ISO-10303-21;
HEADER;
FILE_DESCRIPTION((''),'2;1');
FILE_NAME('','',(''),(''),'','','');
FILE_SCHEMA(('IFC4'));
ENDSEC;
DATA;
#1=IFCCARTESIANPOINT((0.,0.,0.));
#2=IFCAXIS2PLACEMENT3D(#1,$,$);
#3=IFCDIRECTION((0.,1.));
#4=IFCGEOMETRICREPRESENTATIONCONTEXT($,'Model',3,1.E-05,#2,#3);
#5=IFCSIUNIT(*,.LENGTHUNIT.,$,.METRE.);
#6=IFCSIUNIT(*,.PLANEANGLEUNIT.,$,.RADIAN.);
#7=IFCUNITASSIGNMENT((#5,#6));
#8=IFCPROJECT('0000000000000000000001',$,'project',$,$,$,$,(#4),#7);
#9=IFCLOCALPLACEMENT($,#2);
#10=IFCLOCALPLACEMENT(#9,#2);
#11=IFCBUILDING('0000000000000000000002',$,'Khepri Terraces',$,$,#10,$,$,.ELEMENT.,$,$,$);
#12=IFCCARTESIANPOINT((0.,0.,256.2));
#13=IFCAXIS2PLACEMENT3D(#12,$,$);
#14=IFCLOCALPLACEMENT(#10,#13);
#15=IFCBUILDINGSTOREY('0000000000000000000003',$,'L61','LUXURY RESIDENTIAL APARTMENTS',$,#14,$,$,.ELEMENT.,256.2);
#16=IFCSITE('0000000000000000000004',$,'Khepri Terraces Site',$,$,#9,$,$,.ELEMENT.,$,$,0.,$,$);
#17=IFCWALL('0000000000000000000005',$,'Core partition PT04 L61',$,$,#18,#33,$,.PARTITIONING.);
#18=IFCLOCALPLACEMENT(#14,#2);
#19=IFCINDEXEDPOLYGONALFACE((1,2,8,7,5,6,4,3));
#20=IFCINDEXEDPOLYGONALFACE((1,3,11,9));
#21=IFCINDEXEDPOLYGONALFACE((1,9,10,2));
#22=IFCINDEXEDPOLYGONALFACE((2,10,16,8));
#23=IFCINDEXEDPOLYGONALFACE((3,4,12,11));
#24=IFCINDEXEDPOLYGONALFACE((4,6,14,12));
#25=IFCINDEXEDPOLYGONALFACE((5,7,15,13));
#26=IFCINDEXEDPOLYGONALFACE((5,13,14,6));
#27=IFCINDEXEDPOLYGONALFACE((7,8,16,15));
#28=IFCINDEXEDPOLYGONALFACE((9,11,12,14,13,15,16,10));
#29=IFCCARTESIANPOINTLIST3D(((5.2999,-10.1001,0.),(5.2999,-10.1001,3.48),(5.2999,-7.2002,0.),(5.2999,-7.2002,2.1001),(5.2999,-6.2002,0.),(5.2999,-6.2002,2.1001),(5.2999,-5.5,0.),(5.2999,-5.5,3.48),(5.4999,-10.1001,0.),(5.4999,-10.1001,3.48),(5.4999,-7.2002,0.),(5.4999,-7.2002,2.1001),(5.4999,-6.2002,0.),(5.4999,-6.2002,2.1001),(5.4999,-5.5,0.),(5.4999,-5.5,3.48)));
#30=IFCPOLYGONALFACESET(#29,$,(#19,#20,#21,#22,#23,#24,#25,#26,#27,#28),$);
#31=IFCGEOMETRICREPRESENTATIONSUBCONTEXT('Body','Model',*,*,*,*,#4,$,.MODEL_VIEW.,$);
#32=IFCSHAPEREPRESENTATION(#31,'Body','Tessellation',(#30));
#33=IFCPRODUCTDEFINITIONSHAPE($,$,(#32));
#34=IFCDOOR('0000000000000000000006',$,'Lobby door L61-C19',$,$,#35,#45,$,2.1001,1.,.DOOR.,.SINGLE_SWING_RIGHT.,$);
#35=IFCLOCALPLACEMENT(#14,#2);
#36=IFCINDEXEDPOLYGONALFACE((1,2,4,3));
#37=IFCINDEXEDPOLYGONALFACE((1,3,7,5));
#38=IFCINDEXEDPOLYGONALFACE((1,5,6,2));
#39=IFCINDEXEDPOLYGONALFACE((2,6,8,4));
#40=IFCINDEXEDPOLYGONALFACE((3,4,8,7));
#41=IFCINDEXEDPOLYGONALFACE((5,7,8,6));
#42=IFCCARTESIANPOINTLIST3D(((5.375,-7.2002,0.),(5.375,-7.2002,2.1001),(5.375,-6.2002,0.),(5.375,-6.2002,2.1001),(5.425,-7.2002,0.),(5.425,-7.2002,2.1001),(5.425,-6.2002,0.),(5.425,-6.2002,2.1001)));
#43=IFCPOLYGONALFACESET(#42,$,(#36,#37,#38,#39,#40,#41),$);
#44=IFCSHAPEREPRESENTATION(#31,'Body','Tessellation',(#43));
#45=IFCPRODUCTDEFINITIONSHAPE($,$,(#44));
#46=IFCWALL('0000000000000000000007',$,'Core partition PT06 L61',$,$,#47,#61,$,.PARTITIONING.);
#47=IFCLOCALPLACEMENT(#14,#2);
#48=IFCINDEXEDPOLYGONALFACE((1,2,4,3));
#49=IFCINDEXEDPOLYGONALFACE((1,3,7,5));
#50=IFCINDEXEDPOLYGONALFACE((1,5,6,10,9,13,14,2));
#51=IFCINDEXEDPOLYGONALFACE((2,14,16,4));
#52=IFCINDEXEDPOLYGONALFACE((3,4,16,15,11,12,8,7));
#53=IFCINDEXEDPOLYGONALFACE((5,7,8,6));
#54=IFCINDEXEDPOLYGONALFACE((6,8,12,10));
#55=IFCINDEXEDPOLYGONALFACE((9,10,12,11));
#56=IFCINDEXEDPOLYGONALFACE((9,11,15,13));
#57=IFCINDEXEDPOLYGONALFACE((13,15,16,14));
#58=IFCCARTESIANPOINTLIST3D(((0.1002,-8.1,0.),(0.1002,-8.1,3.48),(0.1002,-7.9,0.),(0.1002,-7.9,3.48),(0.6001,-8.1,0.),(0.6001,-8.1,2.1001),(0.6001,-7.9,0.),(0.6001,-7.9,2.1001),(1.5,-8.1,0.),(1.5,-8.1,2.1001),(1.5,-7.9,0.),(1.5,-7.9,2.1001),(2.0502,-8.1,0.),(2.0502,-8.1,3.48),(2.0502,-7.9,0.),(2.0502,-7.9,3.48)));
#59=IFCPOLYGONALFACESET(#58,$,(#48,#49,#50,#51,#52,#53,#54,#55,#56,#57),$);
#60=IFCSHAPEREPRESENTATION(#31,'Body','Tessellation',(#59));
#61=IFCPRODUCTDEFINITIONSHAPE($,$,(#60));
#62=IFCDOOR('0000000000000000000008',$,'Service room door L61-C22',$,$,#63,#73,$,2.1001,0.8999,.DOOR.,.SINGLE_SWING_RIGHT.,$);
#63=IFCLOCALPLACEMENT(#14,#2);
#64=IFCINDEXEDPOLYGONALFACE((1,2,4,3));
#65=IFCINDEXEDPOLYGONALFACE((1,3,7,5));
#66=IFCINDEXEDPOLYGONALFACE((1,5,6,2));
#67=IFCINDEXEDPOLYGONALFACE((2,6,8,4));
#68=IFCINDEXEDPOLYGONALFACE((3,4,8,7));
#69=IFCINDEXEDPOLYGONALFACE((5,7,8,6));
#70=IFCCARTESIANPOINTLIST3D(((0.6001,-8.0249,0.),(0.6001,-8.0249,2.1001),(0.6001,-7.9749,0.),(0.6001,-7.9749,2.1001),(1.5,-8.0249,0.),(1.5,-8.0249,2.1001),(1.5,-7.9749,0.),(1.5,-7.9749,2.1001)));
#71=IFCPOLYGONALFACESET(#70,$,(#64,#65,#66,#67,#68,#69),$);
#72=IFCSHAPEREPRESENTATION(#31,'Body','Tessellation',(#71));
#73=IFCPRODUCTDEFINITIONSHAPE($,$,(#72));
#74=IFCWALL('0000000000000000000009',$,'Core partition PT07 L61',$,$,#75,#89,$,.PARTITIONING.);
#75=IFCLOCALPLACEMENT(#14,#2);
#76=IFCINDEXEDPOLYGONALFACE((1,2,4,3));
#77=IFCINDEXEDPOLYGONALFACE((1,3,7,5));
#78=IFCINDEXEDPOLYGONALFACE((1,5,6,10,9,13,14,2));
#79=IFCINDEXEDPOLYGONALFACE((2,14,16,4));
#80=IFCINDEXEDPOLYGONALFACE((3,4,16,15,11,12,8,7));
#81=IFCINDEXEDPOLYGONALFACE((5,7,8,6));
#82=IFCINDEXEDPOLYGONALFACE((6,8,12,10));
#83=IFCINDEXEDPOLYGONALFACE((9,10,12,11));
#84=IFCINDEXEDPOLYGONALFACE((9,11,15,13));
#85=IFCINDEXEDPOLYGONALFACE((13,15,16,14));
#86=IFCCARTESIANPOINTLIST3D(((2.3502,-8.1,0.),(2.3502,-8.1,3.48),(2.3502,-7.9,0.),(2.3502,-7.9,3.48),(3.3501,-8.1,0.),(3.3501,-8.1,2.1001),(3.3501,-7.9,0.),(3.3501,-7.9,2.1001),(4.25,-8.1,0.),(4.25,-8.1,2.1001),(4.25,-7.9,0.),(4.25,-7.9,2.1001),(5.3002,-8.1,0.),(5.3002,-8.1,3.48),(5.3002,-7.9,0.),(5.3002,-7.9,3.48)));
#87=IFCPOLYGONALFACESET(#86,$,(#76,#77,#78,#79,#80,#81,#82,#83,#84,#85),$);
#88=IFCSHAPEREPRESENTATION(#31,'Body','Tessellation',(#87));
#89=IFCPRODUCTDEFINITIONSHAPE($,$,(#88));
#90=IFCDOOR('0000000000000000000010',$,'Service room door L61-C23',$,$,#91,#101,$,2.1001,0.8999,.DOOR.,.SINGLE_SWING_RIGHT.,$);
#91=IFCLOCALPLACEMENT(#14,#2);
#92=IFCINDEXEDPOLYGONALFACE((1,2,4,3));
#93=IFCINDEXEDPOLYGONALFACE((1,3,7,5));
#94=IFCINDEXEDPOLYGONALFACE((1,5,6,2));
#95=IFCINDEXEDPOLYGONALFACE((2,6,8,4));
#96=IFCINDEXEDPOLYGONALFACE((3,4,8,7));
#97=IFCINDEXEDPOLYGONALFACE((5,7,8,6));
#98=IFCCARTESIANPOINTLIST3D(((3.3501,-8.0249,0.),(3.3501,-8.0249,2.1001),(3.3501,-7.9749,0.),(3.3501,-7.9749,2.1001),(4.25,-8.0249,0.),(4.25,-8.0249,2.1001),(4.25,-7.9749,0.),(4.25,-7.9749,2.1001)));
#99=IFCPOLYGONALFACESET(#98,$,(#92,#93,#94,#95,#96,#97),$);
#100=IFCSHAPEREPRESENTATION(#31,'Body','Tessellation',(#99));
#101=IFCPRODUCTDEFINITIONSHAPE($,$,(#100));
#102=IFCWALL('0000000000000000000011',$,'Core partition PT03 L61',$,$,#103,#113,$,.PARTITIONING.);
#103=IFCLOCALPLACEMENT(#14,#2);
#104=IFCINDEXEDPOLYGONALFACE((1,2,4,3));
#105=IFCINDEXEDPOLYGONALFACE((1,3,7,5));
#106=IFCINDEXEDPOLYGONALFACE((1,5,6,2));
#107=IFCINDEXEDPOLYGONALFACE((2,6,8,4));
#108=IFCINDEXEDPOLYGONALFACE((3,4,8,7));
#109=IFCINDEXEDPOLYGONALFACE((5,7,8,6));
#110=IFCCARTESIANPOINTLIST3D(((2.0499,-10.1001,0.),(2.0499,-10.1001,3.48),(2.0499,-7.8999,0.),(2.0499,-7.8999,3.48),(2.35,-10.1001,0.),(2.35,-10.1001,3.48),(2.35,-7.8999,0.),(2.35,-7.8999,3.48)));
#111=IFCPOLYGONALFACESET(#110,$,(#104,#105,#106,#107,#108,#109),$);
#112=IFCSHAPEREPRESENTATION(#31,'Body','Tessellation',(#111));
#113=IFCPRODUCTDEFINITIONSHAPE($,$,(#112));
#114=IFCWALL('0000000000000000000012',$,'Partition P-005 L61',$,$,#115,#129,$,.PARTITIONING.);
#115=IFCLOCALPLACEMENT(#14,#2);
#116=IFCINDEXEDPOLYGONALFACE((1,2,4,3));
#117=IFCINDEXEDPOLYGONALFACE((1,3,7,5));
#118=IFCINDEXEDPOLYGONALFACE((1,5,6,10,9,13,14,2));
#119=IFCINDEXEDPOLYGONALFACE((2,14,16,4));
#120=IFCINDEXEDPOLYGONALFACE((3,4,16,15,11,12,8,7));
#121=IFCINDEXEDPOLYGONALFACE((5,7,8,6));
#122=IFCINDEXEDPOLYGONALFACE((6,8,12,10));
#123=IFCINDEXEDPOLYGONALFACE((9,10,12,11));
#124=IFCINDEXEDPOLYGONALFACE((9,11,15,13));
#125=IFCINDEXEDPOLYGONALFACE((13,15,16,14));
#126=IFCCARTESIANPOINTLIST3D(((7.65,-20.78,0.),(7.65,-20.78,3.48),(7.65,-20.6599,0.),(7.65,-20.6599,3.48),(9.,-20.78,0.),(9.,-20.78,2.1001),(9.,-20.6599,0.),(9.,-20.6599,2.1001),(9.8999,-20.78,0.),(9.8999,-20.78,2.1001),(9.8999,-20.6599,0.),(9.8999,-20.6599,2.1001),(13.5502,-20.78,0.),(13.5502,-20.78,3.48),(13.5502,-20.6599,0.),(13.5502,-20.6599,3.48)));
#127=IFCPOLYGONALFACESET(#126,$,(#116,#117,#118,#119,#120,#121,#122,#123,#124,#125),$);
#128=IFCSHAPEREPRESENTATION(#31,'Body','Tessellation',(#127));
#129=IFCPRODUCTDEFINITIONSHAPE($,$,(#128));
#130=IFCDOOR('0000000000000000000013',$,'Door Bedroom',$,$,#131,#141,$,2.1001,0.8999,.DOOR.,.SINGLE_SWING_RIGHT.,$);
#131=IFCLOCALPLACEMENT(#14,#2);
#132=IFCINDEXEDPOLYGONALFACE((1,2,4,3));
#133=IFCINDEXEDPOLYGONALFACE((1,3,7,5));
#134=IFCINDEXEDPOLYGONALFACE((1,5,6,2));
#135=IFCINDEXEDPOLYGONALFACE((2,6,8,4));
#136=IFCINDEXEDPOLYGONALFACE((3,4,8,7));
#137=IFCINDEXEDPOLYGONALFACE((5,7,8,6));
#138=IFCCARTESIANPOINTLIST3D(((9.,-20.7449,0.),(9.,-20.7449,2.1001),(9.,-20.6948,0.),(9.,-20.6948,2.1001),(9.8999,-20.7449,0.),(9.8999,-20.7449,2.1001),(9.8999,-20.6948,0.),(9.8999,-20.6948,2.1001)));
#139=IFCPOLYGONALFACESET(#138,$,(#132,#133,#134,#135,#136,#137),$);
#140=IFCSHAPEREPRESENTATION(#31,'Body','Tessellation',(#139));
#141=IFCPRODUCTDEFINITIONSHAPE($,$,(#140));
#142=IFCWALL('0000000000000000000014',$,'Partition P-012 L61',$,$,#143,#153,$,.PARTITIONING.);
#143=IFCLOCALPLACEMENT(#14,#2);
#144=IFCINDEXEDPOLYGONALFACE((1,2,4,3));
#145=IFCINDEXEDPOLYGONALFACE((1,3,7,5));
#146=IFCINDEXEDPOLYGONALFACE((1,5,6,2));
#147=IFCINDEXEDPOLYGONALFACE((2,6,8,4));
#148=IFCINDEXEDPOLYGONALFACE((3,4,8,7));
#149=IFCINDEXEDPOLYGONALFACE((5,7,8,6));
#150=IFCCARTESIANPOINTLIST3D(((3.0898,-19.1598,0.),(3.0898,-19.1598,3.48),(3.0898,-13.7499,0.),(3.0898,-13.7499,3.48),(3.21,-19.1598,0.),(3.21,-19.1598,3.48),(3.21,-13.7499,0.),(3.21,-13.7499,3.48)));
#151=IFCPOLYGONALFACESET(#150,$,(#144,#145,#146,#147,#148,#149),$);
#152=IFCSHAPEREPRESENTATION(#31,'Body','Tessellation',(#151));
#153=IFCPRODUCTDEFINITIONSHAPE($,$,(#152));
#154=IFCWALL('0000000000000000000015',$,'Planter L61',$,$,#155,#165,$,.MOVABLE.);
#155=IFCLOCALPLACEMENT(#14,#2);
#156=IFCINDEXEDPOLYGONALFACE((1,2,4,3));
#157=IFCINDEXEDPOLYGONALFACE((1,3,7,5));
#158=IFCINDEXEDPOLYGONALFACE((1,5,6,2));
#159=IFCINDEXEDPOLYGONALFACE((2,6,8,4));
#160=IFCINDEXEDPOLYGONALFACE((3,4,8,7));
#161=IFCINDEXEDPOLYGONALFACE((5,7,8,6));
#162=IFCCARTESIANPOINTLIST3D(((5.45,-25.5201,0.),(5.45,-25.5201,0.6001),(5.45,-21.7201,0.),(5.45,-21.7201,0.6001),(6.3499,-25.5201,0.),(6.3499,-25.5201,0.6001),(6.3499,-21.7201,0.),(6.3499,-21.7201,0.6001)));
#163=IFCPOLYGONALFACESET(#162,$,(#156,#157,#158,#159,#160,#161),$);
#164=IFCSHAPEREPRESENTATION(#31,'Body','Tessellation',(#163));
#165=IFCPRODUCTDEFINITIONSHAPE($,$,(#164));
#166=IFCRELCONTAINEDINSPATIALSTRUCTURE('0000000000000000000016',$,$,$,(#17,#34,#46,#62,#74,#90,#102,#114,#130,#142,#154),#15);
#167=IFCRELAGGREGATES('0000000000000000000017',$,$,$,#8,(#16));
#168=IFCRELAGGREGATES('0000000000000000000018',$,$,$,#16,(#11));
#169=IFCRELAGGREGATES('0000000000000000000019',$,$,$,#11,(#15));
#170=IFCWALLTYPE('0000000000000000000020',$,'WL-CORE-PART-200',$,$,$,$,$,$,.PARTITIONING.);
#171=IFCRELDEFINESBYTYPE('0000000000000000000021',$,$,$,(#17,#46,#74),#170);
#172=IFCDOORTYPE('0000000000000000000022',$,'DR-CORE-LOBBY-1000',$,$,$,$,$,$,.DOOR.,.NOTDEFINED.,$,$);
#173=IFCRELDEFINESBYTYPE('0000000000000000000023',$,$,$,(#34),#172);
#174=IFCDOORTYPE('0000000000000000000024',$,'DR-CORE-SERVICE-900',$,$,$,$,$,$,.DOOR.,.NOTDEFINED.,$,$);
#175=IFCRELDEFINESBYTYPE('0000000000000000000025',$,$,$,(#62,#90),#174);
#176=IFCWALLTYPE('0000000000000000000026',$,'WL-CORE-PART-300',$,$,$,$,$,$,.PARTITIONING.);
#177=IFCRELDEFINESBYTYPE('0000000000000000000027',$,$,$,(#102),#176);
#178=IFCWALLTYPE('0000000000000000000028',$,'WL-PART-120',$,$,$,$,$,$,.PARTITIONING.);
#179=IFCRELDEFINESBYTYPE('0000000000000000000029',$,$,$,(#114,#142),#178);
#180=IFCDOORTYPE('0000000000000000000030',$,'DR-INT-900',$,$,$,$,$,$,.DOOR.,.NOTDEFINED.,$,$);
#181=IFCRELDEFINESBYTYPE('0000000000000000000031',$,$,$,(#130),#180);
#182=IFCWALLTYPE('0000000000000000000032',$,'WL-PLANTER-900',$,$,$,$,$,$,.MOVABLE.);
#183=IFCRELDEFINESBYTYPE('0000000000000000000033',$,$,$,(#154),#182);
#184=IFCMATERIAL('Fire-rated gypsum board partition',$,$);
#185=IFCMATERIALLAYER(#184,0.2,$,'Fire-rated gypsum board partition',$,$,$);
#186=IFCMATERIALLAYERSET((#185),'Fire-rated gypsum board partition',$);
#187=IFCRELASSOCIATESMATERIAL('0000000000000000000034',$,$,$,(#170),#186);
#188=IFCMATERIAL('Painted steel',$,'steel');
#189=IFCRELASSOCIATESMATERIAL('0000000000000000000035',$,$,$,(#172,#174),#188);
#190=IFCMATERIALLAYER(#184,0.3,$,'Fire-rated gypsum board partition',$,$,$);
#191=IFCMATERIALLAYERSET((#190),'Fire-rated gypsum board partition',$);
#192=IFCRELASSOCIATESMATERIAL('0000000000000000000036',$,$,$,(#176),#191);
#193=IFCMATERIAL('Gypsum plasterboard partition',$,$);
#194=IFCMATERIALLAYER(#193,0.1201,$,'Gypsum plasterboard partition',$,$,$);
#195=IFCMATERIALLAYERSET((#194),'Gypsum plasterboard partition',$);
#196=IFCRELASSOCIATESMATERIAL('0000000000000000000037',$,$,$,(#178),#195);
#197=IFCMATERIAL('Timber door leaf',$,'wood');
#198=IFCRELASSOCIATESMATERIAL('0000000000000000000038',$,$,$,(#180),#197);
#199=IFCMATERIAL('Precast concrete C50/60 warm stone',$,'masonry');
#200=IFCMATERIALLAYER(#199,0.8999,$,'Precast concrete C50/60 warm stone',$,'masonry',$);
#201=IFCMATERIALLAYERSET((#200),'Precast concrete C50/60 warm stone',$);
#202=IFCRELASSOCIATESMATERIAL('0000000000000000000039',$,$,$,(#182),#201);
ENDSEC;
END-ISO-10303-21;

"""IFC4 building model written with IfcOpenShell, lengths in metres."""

from ifc_helpers import new_model, si_unit, direction, frame, frame_2d, origin, place, context, subcontext, project, spatial, rectangle, extrude, material, layer, layer_set, type_object, element, fill, save


model = new_model("IFC4")

# Units and contexts
model_context = context("Model", 3, precision=1e-05, world=origin(), true_north=direction((0.0, 1.0)))
body_context = subcontext(model_context, "Body", "Model", "MODEL_VIEW")
ifc_project = project(units=[si_unit("LENGTHUNIT", "METRE"), si_unit("PLANEANGLEUNIT", "RADIAN")], contexts=[model_context])

# Site, building, storey
site_placement = place(None, origin())
site = spatial("IfcSite", under=ifc_project, at=site_placement, Name="Khepri Terraces Site", CompositionType="ELEMENT", RefElevation=0.0)
building_placement = place(site_placement, origin())
building = spatial("IfcBuilding", under=site, at=building_placement, Name="Khepri Terraces", CompositionType="ELEMENT")
storey_placement = place(building_placement, frame((0.0, 0.0, 256.2)))
storey = spatial("IfcBuildingStorey", under=building, at=storey_placement, Name="L61", Description="LUXURY RESIDENTIAL APARTMENTS", CompositionType="ELEMENT", Elevation=256.2)

# Shared definitions
ifc_material_1 = material(Name="Fire-rated gypsum board partition")
ifc_layer_1 = layer(ifc_material_1, 0.2, Name="Fire-rated gypsum board partition")
ifc_layer_set_1 = layer_set([ifc_layer_1], Name="Fire-rated gypsum board partition")
wall_type_1 = type_object("IfcWallType", Name="WL-CORE-PART-200", PredefinedType="PARTITIONING", material=ifc_layer_set_1)

# Walls, openings, doors
wall_1_placement = place(storey_placement, frame((5.3999, -10.1001, 0.0), z_axis=(0.0, 0.0, 1.0), x_axis=(0.0, 1.0, 0.0)))
wall_1 = element("IfcWall", 1, at=wall_1_placement, inside=storey, type_object=wall_type_1, Name="Core partition PT04 L61", PredefinedType="PARTITIONING", context=body_context, shape_type="SweptSolid", body=[
    extrude(rectangle(XDim=4.6001, YDim=0.2, at=frame_2d((2.3, 0.0))), origin(), (0.0, 0.0, 1.0), 3.48),
])
opening_1_placement = place(wall_1_placement, frame((2.8999, 0.0, 0.0)))
opening_1 = element("IfcOpeningElement", 2, at=opening_1_placement, cuts=wall_1, PredefinedType="OPENING", context=body_context, shape_type="SweptSolid", body=[
    extrude(rectangle(XDim=1.0, YDim=2.1001, at=frame_2d((0.5, 1.05))), frame((0.0, 0.1099, 0.0), z_axis=(0.0, -1.0, 0.0), x_axis=(1.0, 0.0, 0.0)), (0.0, 0.0, 1.0), 0.22),
])
ifc_material_2 = material(Name="Painted steel", Category="steel")
door_type_1 = type_object("IfcDoorType", Name="DR-CORE-LOBBY-1000", OperationType="NOTDEFINED", PredefinedType="DOOR", material=ifc_material_2)
door_1_placement = place(opening_1_placement, origin())
door_1 = element("IfcDoor", 3, at=door_1_placement, inside=storey, type_object=door_type_1, Name="Lobby door L61-C19", OperationType="SINGLE_SWING_RIGHT", OverallHeight=2.1001, OverallWidth=1.0, PredefinedType="DOOR", context=body_context, shape_type="SweptSolid", body=[
    extrude(rectangle(XDim=1.0, YDim=2.1001, at=frame_2d((0.5, 1.05))), frame((0.0, 0.0249, 0.0), z_axis=(0.0, -1.0, 0.0), x_axis=(1.0, 0.0, 0.0)), (0.0, 0.0, 1.0), 0.05),
])
fill(opening_1, door_1)
wall_2_placement = place(storey_placement, frame((0.1001, -8.0, 0.0), z_axis=(0.0, 0.0, 1.0), x_axis=(1.0, 0.0, 0.0)))
wall_2 = element("IfcWall", 4, at=wall_2_placement, inside=storey, type_object=wall_type_1, Name="Core partition PT06 L61", PredefinedType="PARTITIONING", context=body_context, shape_type="SweptSolid", body=[
    extrude(rectangle(XDim=1.95, YDim=0.2, at=frame_2d((0.9751, 0.0))), origin(), (0.0, 0.0, 1.0), 3.48),
])
opening_2_placement = place(wall_2_placement, frame((0.5, 0.0, 0.0)))
opening_2 = element("IfcOpeningElement", 5, at=opening_2_placement, cuts=wall_2, PredefinedType="OPENING", context=body_context, shape_type="SweptSolid", body=[
    extrude(rectangle(XDim=0.8999, YDim=2.1001, at=frame_2d((0.45, 1.05))), frame((0.0, 0.1099, 0.0), z_axis=(0.0, -1.0, 0.0), x_axis=(1.0, 0.0, 0.0)), (0.0, 0.0, 1.0), 0.22),
])
door_type_2 = type_object("IfcDoorType", Name="DR-CORE-SERVICE-900", OperationType="NOTDEFINED", PredefinedType="DOOR", material=ifc_material_2)
door_2_placement = place(opening_2_placement, frame((0.8999, 0.0, 0.0), z_axis=(0.0, 0.0, 1.0), x_axis=(-1.0, 0.0, 0.0)))
door_2 = element("IfcDoor", 6, at=door_2_placement, inside=storey, type_object=door_type_2, Name="Service room door L61-C22", OperationType="SINGLE_SWING_RIGHT", OverallHeight=2.1001, OverallWidth=0.8999, PredefinedType="DOOR", context=body_context, shape_type="SweptSolid", body=[
    extrude(rectangle(XDim=0.8999, YDim=2.1001, at=frame_2d((0.45, 1.05))), frame((0.0, 0.0249, 0.0), z_axis=(0.0, -1.0, 0.0), x_axis=(1.0, 0.0, 0.0)), (0.0, 0.0, 1.0), 0.05),
])
fill(opening_2, door_2)
wall_3_placement = place(storey_placement, frame((2.3501, -8.0, 0.0), z_axis=(0.0, 0.0, 1.0), x_axis=(1.0, 0.0, 0.0)))
wall_3 = element("IfcWall", 7, at=wall_3_placement, inside=storey, type_object=wall_type_1, Name="Core partition PT07 L61", PredefinedType="PARTITIONING", context=body_context, shape_type="SweptSolid", body=[
    extrude(rectangle(XDim=2.95, YDim=0.2, at=frame_2d((1.4751, 0.0))), origin(), (0.0, 0.0, 1.0), 3.48),
])
opening_3_placement = place(wall_3_placement, frame((1.0, 0.0, 0.0)))
opening_3 = element("IfcOpeningElement", 8, at=opening_3_placement, cuts=wall_3, PredefinedType="OPENING", context=body_context, shape_type="SweptSolid", body=[
    extrude(rectangle(XDim=0.8999, YDim=2.1001, at=frame_2d((0.45, 1.05))), frame((0.0, 0.1099, 0.0), z_axis=(0.0, -1.0, 0.0), x_axis=(1.0, 0.0, 0.0)), (0.0, 0.0, 1.0), 0.22),
])
door_3_placement = place(opening_3_placement, frame((0.8999, 0.0, 0.0), z_axis=(0.0, 0.0, 1.0), x_axis=(-1.0, 0.0, 0.0)))
door_3 = element("IfcDoor", 9, at=door_3_placement, inside=storey, type_object=door_type_2, Name="Service room door L61-C23", OperationType="SINGLE_SWING_RIGHT", OverallHeight=2.1001, OverallWidth=0.8999, PredefinedType="DOOR", context=body_context, shape_type="SweptSolid", body=[
    extrude(rectangle(XDim=0.8999, YDim=2.1001, at=frame_2d((0.45, 1.05))), frame((0.0, 0.0249, 0.0), z_axis=(0.0, -1.0, 0.0), x_axis=(1.0, 0.0, 0.0)), (0.0, 0.0, 1.0), 0.05),
])
fill(opening_3, door_3)

# Wall
ifc_layer_2 = layer(ifc_material_1, 0.3, Name="Fire-rated gypsum board partition")
ifc_layer_set_2 = layer_set([ifc_layer_2], Name="Fire-rated gypsum board partition")
wall_type_2 = type_object("IfcWallType", Name="WL-CORE-PART-300", PredefinedType="PARTITIONING", material=ifc_layer_set_2)
wall_4_placement = place(storey_placement, frame((2.2, -10.1001, 0.0), z_axis=(0.0, 0.0, 1.0), x_axis=(0.0, 1.0, 0.0)))
element("IfcWall", 10, at=wall_4_placement, inside=storey, type_object=wall_type_2, Name="Core partition PT03 L61", PredefinedType="PARTITIONING", context=body_context, shape_type="SweptSolid", body=[
    extrude(rectangle(XDim=2.2002, YDim=0.3, at=frame_2d((1.1001, 0.0))), origin(), (0.0, 0.0, 1.0), 3.48),
])

# Wall, opening, door
ifc_material_3 = material(Name="Precast concrete C50/60 warm stone", Category="masonry")
ifc_material_4 = material(Name="Gypsum plasterboard partition")
ifc_layer_3 = layer(ifc_material_4, 0.1201, Name="Gypsum plasterboard partition")
ifc_layer_set_3 = layer_set([ifc_layer_3], Name="Gypsum plasterboard partition")
wall_type_3 = type_object("IfcWallType", Name="WL-PART-120", PredefinedType="PARTITIONING", material=ifc_layer_set_3)
wall_5_placement = place(storey_placement, frame((7.6499, -20.72, 0.0), z_axis=(0.0, 0.0, 1.0), x_axis=(1.0, 0.0, 0.0)))
wall_5 = element("IfcWall", 11, at=wall_5_placement, inside=storey, type_object=wall_type_3, Name="Partition P-005 L61", PredefinedType="PARTITIONING", context=body_context, shape_type="SweptSolid", body=[
    extrude(rectangle(XDim=5.9001, YDim=0.1201, at=frame_2d((2.9502, 0.0))), origin(), (0.0, 0.0, 1.0), 3.48),
])
opening_4_placement = place(wall_5_placement, frame((1.3501, 0.0, 0.0)))
opening_4 = element("IfcOpeningElement", 12, at=opening_4_placement, cuts=wall_5, PredefinedType="OPENING", context=body_context, shape_type="SweptSolid", body=[
    extrude(rectangle(XDim=0.8999, YDim=2.1001, at=frame_2d((0.45, 1.05))), frame((0.0, 0.0701, 0.0), z_axis=(0.0, -1.0, 0.0), x_axis=(1.0, 0.0, 0.0)), (0.0, 0.0, 1.0), 0.1401),
])
ifc_material_5 = material(Name="Timber door leaf", Category="wood")
door_type_3 = type_object("IfcDoorType", Name="DR-INT-900", OperationType="NOTDEFINED", PredefinedType="DOOR", material=ifc_material_5)
door_4_placement = place(opening_4_placement, frame((0.8999, 0.0, 0.0), z_axis=(0.0, 0.0, 1.0), x_axis=(-1.0, 0.0, 0.0)))
door_4 = element("IfcDoor", 13, at=door_4_placement, inside=storey, type_object=door_type_3, Name="Door Bedroom", OperationType="SINGLE_SWING_RIGHT", OverallHeight=2.1001, OverallWidth=0.8999, PredefinedType="DOOR", context=body_context, shape_type="SweptSolid", body=[
    extrude(rectangle(XDim=0.8999, YDim=2.1001, at=frame_2d((0.45, 1.05))), frame((0.0, 0.0249, 0.0), z_axis=(0.0, -1.0, 0.0), x_axis=(1.0, 0.0, 0.0)), (0.0, 0.0, 1.0), 0.05),
])
fill(opening_4, door_4)

# Walls
wall_6_placement = place(storey_placement, frame((3.1499, -19.1599, 0.0), z_axis=(0.0, 0.0, 1.0), x_axis=(0.0, 1.0, 0.0)))
element("IfcWall", 14, at=wall_6_placement, inside=storey, type_object=wall_type_3, Name="Partition P-012 L61", PredefinedType="PARTITIONING", context=body_context, shape_type="SweptSolid", body=[
    extrude(rectangle(XDim=5.4099, YDim=0.1201, at=frame_2d((2.7051, 0.0))), origin(), (0.0, 0.0, 1.0), 3.48),
])
ifc_layer_4 = layer(ifc_material_3, 0.8999, Name="Precast concrete C50/60 warm stone", Category="masonry")
ifc_layer_set_4 = layer_set([ifc_layer_4], Name="Precast concrete C50/60 warm stone")
wall_type_4 = type_object("IfcWallType", Name="WL-PLANTER-900", PredefinedType="MOVABLE", material=ifc_layer_set_4)
wall_7_placement = place(storey_placement, frame((5.8999, -25.52, 0.0), z_axis=(0.0, 0.0, 1.0), x_axis=(0.0, 1.0, 0.0)))
element("IfcWall", 15, at=wall_7_placement, inside=storey, type_object=wall_type_4, Name="Planter L61", PredefinedType="MOVABLE", context=body_context, shape_type="SweptSolid", body=[
    extrude(rectangle(XDim=3.8, YDim=0.8999, at=frame_2d((1.8999, 0.0))), origin(), (0.0, 0.0, 1.0), 0.6001),
])

save(model, "model.ifc")
